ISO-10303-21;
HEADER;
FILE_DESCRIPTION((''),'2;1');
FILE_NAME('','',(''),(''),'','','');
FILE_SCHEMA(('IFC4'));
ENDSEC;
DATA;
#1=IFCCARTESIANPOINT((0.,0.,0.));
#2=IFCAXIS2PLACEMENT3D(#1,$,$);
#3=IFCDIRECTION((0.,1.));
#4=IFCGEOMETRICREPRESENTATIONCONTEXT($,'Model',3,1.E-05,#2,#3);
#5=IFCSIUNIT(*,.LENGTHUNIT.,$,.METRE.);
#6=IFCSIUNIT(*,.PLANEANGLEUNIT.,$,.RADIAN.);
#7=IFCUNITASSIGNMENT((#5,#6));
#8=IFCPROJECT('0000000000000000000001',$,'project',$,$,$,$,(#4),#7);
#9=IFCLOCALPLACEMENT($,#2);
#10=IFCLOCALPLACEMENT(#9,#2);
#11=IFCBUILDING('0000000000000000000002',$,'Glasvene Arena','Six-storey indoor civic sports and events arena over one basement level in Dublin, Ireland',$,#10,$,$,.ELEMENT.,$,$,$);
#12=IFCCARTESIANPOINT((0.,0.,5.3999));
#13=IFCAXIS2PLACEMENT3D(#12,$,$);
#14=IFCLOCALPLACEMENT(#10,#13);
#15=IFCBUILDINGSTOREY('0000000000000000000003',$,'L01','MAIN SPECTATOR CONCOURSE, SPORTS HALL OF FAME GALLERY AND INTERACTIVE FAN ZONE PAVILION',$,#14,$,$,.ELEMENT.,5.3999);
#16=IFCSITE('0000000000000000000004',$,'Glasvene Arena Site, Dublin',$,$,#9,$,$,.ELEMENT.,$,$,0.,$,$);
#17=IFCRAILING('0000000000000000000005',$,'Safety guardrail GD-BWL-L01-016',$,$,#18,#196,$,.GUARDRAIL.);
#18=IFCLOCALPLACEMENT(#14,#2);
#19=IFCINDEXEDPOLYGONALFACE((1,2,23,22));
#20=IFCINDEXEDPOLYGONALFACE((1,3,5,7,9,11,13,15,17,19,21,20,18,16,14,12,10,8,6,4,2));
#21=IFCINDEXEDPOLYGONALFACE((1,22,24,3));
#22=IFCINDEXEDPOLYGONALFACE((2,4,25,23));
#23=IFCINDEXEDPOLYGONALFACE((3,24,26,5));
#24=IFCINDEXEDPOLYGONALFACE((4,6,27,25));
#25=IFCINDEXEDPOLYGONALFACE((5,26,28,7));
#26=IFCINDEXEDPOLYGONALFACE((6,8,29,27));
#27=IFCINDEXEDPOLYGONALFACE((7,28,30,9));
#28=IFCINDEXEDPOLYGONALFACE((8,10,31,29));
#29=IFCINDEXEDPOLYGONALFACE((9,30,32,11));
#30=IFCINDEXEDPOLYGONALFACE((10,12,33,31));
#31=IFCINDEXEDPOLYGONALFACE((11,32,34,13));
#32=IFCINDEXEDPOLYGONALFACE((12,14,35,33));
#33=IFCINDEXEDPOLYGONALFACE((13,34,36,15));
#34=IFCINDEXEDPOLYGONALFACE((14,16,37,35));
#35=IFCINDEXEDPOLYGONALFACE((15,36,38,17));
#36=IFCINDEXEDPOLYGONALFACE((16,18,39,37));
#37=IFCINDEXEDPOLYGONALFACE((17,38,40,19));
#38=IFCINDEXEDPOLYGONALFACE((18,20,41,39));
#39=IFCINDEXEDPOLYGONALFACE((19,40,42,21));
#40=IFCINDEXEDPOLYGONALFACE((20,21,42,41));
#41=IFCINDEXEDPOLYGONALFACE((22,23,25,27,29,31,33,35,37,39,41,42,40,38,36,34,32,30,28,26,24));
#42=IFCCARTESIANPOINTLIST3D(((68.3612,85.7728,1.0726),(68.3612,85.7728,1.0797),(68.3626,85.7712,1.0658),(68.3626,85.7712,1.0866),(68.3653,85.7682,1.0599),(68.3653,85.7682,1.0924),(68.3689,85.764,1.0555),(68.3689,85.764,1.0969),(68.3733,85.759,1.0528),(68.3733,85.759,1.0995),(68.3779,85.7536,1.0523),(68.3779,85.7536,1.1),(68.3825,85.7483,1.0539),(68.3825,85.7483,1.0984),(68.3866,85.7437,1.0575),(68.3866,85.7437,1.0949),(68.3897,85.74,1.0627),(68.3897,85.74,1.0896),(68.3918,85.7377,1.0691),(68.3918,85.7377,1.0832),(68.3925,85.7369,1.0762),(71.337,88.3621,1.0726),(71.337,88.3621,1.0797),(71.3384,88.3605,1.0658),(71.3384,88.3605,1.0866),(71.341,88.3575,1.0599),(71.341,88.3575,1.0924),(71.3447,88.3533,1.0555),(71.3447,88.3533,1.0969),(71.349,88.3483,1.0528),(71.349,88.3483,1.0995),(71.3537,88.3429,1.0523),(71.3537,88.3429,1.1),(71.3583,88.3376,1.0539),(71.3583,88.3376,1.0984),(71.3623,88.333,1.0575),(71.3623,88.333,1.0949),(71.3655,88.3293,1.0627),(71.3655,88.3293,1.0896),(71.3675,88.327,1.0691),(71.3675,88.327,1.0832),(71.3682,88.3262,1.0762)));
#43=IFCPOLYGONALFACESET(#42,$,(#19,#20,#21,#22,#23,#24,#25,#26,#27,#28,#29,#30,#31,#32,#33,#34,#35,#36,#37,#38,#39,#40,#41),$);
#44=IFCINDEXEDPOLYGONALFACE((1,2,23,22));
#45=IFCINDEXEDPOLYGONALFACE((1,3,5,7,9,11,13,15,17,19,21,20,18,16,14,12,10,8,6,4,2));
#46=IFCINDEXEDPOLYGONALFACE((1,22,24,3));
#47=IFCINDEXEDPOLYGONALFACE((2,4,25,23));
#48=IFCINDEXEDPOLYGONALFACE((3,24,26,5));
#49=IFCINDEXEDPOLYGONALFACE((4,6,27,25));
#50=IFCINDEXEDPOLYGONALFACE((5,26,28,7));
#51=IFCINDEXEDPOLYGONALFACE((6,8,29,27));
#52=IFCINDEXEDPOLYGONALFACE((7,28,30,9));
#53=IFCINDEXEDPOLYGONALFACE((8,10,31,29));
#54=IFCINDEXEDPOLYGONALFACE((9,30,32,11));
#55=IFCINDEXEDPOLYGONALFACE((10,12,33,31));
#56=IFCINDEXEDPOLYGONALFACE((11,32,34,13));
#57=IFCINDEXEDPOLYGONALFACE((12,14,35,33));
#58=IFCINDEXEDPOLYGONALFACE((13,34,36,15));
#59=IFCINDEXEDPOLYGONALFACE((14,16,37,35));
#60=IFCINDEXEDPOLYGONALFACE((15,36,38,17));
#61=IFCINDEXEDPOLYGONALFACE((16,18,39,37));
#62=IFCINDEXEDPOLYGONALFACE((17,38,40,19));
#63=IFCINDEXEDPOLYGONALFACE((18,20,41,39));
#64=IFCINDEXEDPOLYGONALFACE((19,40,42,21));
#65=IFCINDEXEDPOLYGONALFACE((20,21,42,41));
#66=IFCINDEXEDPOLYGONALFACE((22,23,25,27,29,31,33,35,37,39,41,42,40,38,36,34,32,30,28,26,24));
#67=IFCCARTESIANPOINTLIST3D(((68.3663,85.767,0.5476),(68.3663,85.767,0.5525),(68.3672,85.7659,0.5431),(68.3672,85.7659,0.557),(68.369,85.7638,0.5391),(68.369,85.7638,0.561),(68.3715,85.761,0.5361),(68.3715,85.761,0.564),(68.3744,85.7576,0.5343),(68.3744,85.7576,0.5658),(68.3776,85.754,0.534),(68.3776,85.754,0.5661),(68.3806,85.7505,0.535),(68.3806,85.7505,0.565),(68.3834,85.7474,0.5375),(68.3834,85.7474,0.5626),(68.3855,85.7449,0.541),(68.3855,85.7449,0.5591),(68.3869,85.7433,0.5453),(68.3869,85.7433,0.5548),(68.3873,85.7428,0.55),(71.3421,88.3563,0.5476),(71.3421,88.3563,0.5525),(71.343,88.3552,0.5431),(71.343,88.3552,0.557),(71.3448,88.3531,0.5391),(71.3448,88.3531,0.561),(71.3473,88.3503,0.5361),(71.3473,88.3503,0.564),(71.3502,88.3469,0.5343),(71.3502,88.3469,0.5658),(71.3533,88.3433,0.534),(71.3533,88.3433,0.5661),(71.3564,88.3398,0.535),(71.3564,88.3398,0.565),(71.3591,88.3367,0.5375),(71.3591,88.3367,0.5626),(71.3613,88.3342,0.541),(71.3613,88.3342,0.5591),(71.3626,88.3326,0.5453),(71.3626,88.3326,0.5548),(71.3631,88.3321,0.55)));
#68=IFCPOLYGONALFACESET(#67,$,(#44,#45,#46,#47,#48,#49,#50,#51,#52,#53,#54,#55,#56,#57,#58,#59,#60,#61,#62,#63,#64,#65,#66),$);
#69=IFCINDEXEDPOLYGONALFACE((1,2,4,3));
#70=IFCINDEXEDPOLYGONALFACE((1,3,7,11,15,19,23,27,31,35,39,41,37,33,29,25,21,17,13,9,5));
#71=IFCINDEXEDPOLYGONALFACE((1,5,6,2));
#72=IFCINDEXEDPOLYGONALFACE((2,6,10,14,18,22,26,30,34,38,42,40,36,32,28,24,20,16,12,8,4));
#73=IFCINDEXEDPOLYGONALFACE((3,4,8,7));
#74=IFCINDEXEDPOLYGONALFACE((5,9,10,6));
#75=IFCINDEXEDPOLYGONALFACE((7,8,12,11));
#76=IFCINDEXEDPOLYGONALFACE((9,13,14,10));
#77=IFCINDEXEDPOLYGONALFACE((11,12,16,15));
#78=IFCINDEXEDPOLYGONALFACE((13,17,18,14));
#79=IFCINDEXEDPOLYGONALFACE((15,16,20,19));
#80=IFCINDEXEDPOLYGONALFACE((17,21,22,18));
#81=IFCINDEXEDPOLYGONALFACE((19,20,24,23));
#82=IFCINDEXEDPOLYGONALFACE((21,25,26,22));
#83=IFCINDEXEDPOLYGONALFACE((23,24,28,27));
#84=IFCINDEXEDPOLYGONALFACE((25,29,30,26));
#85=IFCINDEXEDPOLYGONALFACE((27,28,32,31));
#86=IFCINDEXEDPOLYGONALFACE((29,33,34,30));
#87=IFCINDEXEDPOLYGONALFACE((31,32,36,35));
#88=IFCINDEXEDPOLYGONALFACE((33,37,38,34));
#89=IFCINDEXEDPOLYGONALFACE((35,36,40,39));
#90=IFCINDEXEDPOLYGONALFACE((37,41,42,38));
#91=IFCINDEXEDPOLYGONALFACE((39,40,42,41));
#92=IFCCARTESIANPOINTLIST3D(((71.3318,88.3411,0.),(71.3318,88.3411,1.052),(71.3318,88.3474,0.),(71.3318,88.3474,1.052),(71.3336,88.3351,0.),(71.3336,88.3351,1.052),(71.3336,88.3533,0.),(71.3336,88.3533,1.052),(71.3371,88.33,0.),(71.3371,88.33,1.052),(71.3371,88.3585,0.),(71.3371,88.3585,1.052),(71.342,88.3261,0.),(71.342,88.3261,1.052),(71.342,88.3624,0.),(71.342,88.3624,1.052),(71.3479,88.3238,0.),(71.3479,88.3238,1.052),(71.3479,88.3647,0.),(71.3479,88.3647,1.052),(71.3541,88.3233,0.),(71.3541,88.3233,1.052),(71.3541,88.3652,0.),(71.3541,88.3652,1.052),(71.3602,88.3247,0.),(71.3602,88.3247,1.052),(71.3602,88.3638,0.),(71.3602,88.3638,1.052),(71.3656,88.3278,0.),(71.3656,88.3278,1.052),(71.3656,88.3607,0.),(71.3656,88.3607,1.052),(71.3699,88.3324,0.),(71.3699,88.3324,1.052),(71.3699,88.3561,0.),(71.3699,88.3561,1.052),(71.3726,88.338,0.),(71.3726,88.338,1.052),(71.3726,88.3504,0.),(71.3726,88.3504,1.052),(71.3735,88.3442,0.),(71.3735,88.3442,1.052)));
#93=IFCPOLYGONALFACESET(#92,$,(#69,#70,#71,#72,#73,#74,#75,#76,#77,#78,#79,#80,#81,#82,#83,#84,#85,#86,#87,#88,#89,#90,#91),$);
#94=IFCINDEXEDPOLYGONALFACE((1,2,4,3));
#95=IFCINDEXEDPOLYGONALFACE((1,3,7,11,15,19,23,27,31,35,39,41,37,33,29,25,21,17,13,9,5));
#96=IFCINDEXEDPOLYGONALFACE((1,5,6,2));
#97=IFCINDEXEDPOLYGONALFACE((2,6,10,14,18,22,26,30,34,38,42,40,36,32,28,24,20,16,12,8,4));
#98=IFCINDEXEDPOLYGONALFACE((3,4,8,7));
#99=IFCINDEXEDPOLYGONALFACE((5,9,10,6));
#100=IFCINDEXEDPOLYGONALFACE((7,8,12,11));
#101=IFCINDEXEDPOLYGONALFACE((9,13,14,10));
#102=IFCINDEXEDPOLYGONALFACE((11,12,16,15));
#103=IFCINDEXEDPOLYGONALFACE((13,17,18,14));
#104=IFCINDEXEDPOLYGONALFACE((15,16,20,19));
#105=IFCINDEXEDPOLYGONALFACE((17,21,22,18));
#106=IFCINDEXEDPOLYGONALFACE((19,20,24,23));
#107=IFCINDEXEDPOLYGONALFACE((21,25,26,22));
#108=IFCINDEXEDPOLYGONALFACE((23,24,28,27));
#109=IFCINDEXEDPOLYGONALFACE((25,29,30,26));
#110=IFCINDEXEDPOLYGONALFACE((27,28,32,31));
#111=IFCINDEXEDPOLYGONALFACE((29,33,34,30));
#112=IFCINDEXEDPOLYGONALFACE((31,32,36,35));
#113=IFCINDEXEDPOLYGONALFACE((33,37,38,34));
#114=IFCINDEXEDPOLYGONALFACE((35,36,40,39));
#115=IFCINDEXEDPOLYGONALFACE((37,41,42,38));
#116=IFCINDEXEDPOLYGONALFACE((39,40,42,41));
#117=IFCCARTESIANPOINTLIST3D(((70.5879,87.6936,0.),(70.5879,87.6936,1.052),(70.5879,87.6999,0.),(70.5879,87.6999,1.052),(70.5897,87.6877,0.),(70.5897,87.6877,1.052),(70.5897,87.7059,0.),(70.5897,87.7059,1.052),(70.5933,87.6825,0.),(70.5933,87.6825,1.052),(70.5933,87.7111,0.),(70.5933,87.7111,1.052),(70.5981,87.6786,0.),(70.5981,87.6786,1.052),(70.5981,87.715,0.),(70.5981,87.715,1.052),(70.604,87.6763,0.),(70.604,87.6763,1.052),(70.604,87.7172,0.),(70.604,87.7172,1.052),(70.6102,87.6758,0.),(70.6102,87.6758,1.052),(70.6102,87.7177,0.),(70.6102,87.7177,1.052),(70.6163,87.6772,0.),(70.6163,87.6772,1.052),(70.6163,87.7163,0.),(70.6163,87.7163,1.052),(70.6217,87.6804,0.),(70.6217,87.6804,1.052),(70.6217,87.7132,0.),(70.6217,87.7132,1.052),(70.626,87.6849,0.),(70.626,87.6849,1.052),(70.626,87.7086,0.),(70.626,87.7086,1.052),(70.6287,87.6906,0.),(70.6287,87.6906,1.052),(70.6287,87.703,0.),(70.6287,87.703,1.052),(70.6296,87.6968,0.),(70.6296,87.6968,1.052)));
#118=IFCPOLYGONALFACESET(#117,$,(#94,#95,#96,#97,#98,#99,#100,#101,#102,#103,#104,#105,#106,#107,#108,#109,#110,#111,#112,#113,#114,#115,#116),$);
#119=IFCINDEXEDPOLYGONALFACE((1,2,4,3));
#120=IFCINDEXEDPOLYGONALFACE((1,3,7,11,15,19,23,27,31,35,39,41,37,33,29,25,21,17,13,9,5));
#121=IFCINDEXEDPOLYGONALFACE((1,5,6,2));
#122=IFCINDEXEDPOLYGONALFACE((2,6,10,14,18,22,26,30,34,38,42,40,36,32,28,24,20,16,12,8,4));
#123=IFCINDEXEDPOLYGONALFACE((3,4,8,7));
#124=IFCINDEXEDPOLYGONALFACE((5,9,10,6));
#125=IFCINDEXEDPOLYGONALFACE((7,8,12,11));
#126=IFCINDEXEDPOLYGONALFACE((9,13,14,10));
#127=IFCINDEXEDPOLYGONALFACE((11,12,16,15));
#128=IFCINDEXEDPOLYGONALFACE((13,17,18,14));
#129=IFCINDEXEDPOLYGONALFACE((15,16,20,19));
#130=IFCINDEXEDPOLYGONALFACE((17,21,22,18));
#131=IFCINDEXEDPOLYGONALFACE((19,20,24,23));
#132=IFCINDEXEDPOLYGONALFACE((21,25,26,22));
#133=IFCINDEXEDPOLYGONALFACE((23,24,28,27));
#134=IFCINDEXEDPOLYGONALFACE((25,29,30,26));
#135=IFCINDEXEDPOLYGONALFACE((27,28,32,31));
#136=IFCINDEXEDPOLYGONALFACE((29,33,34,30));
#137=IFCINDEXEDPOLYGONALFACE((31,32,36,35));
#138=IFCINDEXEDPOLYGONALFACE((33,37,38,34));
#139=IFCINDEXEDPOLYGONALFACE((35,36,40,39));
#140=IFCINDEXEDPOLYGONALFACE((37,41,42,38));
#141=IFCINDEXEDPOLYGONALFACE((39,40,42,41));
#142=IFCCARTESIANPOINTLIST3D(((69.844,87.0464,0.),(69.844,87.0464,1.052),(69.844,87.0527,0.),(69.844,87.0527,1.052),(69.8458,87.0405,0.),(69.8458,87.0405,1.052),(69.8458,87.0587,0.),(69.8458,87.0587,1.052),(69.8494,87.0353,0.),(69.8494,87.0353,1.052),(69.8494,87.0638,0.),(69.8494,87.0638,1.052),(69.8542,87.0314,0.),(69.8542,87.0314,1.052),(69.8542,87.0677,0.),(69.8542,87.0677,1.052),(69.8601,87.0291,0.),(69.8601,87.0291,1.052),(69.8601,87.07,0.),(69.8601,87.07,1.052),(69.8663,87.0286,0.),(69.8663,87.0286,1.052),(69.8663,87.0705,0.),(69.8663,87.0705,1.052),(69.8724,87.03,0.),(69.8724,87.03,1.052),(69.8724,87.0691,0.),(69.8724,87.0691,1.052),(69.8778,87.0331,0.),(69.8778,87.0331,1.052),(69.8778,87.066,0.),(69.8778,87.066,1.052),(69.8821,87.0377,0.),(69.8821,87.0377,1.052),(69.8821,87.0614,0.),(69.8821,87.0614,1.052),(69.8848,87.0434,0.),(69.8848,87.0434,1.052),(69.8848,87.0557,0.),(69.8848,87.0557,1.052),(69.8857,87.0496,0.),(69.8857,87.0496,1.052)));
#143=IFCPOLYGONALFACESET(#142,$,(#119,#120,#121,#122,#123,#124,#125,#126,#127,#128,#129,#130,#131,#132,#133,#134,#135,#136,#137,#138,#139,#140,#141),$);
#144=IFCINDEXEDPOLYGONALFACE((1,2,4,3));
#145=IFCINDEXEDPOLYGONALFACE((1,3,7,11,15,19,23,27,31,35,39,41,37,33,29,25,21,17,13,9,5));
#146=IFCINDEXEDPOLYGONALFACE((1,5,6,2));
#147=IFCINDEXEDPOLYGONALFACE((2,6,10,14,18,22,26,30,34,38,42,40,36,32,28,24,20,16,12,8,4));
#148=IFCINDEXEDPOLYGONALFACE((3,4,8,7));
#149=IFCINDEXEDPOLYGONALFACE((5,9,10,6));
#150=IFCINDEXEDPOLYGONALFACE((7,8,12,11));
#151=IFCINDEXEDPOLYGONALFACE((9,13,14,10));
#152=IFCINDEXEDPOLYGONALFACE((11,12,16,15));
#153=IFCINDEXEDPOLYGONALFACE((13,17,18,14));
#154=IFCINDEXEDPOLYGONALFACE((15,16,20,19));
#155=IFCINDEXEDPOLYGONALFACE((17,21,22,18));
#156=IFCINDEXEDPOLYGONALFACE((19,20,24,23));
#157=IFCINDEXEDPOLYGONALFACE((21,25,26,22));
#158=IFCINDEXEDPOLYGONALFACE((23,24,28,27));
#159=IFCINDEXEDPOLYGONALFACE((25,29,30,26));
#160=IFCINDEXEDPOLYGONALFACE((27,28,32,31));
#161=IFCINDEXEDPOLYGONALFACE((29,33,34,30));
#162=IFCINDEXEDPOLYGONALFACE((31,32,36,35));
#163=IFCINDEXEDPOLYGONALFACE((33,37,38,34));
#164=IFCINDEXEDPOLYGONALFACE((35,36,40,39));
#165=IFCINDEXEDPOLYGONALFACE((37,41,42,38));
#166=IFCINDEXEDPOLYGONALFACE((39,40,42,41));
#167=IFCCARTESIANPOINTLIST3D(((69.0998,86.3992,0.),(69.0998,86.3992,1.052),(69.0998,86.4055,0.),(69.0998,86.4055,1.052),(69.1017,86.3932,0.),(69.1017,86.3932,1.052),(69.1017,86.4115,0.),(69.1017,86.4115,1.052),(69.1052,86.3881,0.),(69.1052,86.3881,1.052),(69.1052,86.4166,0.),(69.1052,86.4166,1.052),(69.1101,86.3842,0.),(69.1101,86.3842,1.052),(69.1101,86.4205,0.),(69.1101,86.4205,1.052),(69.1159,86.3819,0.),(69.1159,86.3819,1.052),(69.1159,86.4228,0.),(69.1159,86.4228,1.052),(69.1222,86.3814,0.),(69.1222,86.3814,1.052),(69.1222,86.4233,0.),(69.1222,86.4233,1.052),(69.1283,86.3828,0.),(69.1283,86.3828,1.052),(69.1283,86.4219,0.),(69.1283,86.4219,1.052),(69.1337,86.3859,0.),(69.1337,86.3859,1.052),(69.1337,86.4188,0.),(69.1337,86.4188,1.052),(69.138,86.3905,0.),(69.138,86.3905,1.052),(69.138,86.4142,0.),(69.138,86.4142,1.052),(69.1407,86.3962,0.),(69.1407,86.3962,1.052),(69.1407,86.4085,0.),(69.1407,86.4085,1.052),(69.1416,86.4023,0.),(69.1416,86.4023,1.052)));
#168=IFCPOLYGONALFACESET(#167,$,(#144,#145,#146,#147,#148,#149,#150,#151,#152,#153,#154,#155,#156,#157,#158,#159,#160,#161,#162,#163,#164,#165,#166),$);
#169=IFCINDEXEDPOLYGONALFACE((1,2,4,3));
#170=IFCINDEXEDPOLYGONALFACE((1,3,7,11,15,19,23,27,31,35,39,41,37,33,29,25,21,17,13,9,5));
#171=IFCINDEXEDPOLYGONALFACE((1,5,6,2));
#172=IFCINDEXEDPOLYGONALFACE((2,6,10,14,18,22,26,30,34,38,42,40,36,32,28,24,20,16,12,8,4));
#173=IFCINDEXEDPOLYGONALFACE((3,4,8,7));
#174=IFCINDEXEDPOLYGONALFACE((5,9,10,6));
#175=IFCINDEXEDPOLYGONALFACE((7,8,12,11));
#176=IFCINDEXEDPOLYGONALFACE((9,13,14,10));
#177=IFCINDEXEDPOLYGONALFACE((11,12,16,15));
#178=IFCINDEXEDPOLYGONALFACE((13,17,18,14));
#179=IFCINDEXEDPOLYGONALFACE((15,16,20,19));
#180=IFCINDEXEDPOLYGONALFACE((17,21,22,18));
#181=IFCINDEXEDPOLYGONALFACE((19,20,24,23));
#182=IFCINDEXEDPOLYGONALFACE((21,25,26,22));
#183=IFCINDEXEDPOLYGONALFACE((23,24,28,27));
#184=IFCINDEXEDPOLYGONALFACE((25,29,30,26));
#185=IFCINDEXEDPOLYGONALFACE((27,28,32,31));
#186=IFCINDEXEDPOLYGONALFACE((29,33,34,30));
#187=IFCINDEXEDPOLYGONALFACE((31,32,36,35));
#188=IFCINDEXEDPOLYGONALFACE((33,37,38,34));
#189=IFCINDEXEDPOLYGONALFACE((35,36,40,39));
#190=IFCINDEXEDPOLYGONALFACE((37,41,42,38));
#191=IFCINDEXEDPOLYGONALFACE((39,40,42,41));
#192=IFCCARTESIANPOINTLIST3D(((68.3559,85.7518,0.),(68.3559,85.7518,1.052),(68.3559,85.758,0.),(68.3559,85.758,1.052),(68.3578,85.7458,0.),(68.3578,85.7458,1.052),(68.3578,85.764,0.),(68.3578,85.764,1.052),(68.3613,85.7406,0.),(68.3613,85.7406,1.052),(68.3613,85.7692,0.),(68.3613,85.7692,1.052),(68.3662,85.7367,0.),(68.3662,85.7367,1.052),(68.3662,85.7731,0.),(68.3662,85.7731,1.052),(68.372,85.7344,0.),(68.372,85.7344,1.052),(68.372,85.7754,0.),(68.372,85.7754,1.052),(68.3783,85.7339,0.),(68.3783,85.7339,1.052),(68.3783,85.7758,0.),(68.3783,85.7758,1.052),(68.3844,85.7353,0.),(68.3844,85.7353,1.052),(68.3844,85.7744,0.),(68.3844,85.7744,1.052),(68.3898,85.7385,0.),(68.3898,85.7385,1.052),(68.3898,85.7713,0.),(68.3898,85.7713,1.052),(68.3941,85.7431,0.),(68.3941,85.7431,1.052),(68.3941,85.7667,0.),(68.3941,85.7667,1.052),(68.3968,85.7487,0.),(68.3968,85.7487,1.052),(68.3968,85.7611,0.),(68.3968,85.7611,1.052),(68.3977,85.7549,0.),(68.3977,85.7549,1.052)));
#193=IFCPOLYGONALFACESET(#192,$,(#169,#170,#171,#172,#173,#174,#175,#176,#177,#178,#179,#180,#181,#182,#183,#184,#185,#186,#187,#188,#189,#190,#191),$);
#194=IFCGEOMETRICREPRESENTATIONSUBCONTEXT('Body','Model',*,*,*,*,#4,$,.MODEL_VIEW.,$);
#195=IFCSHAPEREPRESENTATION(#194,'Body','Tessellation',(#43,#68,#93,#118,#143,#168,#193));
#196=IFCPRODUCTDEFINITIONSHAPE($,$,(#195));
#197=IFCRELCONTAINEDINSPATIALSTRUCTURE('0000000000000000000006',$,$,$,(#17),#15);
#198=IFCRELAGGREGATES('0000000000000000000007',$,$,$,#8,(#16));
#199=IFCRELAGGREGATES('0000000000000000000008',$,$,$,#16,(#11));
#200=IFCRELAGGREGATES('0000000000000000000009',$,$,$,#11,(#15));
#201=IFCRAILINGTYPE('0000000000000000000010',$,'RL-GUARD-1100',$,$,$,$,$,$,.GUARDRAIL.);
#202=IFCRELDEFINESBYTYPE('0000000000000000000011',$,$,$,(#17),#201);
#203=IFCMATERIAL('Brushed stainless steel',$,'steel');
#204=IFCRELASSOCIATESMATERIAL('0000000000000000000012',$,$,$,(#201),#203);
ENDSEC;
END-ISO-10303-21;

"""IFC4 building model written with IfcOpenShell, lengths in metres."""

from ifc_helpers import new_model, si_unit, direction, frame, origin, origin_2d, place, context, subcontext, project, spatial, circle, extrude, material, type_object, element, save


model = new_model("IFC4")

# Units and contexts
model_context = context("Model", 3, precision=1e-05, world=origin(), true_north=direction((0.0, 1.0)))
body_context = subcontext(model_context, "Body", "Model", "MODEL_VIEW")
ifc_project = project(units=[si_unit("LENGTHUNIT", "METRE"), si_unit("PLANEANGLEUNIT", "RADIAN")], contexts=[model_context])

# Site, building, storey
site_placement = place(None, origin())
site = spatial("IfcSite", under=ifc_project, at=site_placement, Name="Glasvene Arena Site, Dublin", CompositionType="ELEMENT", RefElevation=0.0)
building_placement = place(site_placement, origin())
building = spatial("IfcBuilding", under=site, at=building_placement, Name="Glasvene Arena", Description="Six-storey indoor civic sports and events arena over one basement level in Dublin, Ireland", CompositionType="ELEMENT")
storey_placement = place(building_placement, frame((0.0, 0.0, 5.3999)))
storey = spatial("IfcBuildingStorey", under=building, at=storey_placement, Name="L01", Description="MAIN SPECTATOR CONCOURSE, SPORTS HALL OF FAME GALLERY AND INTERACTIVE FAN ZONE PAVILION", CompositionType="ELEMENT", Elevation=5.3999)

# Railing
ifc_material_1 = material(Name="Brushed stainless steel", Category="steel")
railing_type = type_object("IfcRailingType", Name="RL-GUARD-1100", PredefinedType="GUARDRAIL", material=ifc_material_1)
railing_1_placement = place(storey_placement, frame((71.3525, 88.3442, 0.0)))
element("IfcRailing", 1, at=railing_1_placement, inside=storey, type_object=railing_type, Name="Safety guardrail GD-BWL-L01-016", PredefinedType="GUARDRAIL", context=body_context, shape_type="SweptSolid", body=[
    extrude(circle(Radius=0.0239, at=origin_2d()), frame((0.0, 0.0, 1.0762), z_axis=(-0.754395, -0.656421, 0.0), x_axis=(0.656421, -0.754395, 0.0)), (0.0, 0.0, 1.0), 3.9446),
    extrude(circle(Radius=0.0161, at=origin_2d()), frame((0.0, 0.0, 0.55), z_axis=(-0.754395, -0.656421, 0.0), x_axis=(0.656421, -0.754395, 0.0)), (0.0, 0.0, 1.0), 3.9446),
    extrude(circle(Radius=0.021, at=origin_2d()), origin(), (0.0, 0.0, 1.0), 1.052),
    extrude(circle(Radius=0.021, at=origin_2d()), frame((-0.7439, -0.6475, 0.0)), (0.0, 0.0, 1.0), 1.052),
    extrude(circle(Radius=0.021, at=origin_2d()), frame((-1.4878, -1.2947, 0.0)), (0.0, 0.0, 1.0), 1.052),
    extrude(circle(Radius=0.021, at=origin_2d()), frame((-2.2319, -1.9419, 0.0)), (0.0, 0.0, 1.0), 1.052),
    extrude(circle(Radius=0.021, at=origin_2d()), frame((-2.9758, -2.5894, 0.0)), (0.0, 0.0, 1.0), 1.052),
])

save(model, "model.ifc")
